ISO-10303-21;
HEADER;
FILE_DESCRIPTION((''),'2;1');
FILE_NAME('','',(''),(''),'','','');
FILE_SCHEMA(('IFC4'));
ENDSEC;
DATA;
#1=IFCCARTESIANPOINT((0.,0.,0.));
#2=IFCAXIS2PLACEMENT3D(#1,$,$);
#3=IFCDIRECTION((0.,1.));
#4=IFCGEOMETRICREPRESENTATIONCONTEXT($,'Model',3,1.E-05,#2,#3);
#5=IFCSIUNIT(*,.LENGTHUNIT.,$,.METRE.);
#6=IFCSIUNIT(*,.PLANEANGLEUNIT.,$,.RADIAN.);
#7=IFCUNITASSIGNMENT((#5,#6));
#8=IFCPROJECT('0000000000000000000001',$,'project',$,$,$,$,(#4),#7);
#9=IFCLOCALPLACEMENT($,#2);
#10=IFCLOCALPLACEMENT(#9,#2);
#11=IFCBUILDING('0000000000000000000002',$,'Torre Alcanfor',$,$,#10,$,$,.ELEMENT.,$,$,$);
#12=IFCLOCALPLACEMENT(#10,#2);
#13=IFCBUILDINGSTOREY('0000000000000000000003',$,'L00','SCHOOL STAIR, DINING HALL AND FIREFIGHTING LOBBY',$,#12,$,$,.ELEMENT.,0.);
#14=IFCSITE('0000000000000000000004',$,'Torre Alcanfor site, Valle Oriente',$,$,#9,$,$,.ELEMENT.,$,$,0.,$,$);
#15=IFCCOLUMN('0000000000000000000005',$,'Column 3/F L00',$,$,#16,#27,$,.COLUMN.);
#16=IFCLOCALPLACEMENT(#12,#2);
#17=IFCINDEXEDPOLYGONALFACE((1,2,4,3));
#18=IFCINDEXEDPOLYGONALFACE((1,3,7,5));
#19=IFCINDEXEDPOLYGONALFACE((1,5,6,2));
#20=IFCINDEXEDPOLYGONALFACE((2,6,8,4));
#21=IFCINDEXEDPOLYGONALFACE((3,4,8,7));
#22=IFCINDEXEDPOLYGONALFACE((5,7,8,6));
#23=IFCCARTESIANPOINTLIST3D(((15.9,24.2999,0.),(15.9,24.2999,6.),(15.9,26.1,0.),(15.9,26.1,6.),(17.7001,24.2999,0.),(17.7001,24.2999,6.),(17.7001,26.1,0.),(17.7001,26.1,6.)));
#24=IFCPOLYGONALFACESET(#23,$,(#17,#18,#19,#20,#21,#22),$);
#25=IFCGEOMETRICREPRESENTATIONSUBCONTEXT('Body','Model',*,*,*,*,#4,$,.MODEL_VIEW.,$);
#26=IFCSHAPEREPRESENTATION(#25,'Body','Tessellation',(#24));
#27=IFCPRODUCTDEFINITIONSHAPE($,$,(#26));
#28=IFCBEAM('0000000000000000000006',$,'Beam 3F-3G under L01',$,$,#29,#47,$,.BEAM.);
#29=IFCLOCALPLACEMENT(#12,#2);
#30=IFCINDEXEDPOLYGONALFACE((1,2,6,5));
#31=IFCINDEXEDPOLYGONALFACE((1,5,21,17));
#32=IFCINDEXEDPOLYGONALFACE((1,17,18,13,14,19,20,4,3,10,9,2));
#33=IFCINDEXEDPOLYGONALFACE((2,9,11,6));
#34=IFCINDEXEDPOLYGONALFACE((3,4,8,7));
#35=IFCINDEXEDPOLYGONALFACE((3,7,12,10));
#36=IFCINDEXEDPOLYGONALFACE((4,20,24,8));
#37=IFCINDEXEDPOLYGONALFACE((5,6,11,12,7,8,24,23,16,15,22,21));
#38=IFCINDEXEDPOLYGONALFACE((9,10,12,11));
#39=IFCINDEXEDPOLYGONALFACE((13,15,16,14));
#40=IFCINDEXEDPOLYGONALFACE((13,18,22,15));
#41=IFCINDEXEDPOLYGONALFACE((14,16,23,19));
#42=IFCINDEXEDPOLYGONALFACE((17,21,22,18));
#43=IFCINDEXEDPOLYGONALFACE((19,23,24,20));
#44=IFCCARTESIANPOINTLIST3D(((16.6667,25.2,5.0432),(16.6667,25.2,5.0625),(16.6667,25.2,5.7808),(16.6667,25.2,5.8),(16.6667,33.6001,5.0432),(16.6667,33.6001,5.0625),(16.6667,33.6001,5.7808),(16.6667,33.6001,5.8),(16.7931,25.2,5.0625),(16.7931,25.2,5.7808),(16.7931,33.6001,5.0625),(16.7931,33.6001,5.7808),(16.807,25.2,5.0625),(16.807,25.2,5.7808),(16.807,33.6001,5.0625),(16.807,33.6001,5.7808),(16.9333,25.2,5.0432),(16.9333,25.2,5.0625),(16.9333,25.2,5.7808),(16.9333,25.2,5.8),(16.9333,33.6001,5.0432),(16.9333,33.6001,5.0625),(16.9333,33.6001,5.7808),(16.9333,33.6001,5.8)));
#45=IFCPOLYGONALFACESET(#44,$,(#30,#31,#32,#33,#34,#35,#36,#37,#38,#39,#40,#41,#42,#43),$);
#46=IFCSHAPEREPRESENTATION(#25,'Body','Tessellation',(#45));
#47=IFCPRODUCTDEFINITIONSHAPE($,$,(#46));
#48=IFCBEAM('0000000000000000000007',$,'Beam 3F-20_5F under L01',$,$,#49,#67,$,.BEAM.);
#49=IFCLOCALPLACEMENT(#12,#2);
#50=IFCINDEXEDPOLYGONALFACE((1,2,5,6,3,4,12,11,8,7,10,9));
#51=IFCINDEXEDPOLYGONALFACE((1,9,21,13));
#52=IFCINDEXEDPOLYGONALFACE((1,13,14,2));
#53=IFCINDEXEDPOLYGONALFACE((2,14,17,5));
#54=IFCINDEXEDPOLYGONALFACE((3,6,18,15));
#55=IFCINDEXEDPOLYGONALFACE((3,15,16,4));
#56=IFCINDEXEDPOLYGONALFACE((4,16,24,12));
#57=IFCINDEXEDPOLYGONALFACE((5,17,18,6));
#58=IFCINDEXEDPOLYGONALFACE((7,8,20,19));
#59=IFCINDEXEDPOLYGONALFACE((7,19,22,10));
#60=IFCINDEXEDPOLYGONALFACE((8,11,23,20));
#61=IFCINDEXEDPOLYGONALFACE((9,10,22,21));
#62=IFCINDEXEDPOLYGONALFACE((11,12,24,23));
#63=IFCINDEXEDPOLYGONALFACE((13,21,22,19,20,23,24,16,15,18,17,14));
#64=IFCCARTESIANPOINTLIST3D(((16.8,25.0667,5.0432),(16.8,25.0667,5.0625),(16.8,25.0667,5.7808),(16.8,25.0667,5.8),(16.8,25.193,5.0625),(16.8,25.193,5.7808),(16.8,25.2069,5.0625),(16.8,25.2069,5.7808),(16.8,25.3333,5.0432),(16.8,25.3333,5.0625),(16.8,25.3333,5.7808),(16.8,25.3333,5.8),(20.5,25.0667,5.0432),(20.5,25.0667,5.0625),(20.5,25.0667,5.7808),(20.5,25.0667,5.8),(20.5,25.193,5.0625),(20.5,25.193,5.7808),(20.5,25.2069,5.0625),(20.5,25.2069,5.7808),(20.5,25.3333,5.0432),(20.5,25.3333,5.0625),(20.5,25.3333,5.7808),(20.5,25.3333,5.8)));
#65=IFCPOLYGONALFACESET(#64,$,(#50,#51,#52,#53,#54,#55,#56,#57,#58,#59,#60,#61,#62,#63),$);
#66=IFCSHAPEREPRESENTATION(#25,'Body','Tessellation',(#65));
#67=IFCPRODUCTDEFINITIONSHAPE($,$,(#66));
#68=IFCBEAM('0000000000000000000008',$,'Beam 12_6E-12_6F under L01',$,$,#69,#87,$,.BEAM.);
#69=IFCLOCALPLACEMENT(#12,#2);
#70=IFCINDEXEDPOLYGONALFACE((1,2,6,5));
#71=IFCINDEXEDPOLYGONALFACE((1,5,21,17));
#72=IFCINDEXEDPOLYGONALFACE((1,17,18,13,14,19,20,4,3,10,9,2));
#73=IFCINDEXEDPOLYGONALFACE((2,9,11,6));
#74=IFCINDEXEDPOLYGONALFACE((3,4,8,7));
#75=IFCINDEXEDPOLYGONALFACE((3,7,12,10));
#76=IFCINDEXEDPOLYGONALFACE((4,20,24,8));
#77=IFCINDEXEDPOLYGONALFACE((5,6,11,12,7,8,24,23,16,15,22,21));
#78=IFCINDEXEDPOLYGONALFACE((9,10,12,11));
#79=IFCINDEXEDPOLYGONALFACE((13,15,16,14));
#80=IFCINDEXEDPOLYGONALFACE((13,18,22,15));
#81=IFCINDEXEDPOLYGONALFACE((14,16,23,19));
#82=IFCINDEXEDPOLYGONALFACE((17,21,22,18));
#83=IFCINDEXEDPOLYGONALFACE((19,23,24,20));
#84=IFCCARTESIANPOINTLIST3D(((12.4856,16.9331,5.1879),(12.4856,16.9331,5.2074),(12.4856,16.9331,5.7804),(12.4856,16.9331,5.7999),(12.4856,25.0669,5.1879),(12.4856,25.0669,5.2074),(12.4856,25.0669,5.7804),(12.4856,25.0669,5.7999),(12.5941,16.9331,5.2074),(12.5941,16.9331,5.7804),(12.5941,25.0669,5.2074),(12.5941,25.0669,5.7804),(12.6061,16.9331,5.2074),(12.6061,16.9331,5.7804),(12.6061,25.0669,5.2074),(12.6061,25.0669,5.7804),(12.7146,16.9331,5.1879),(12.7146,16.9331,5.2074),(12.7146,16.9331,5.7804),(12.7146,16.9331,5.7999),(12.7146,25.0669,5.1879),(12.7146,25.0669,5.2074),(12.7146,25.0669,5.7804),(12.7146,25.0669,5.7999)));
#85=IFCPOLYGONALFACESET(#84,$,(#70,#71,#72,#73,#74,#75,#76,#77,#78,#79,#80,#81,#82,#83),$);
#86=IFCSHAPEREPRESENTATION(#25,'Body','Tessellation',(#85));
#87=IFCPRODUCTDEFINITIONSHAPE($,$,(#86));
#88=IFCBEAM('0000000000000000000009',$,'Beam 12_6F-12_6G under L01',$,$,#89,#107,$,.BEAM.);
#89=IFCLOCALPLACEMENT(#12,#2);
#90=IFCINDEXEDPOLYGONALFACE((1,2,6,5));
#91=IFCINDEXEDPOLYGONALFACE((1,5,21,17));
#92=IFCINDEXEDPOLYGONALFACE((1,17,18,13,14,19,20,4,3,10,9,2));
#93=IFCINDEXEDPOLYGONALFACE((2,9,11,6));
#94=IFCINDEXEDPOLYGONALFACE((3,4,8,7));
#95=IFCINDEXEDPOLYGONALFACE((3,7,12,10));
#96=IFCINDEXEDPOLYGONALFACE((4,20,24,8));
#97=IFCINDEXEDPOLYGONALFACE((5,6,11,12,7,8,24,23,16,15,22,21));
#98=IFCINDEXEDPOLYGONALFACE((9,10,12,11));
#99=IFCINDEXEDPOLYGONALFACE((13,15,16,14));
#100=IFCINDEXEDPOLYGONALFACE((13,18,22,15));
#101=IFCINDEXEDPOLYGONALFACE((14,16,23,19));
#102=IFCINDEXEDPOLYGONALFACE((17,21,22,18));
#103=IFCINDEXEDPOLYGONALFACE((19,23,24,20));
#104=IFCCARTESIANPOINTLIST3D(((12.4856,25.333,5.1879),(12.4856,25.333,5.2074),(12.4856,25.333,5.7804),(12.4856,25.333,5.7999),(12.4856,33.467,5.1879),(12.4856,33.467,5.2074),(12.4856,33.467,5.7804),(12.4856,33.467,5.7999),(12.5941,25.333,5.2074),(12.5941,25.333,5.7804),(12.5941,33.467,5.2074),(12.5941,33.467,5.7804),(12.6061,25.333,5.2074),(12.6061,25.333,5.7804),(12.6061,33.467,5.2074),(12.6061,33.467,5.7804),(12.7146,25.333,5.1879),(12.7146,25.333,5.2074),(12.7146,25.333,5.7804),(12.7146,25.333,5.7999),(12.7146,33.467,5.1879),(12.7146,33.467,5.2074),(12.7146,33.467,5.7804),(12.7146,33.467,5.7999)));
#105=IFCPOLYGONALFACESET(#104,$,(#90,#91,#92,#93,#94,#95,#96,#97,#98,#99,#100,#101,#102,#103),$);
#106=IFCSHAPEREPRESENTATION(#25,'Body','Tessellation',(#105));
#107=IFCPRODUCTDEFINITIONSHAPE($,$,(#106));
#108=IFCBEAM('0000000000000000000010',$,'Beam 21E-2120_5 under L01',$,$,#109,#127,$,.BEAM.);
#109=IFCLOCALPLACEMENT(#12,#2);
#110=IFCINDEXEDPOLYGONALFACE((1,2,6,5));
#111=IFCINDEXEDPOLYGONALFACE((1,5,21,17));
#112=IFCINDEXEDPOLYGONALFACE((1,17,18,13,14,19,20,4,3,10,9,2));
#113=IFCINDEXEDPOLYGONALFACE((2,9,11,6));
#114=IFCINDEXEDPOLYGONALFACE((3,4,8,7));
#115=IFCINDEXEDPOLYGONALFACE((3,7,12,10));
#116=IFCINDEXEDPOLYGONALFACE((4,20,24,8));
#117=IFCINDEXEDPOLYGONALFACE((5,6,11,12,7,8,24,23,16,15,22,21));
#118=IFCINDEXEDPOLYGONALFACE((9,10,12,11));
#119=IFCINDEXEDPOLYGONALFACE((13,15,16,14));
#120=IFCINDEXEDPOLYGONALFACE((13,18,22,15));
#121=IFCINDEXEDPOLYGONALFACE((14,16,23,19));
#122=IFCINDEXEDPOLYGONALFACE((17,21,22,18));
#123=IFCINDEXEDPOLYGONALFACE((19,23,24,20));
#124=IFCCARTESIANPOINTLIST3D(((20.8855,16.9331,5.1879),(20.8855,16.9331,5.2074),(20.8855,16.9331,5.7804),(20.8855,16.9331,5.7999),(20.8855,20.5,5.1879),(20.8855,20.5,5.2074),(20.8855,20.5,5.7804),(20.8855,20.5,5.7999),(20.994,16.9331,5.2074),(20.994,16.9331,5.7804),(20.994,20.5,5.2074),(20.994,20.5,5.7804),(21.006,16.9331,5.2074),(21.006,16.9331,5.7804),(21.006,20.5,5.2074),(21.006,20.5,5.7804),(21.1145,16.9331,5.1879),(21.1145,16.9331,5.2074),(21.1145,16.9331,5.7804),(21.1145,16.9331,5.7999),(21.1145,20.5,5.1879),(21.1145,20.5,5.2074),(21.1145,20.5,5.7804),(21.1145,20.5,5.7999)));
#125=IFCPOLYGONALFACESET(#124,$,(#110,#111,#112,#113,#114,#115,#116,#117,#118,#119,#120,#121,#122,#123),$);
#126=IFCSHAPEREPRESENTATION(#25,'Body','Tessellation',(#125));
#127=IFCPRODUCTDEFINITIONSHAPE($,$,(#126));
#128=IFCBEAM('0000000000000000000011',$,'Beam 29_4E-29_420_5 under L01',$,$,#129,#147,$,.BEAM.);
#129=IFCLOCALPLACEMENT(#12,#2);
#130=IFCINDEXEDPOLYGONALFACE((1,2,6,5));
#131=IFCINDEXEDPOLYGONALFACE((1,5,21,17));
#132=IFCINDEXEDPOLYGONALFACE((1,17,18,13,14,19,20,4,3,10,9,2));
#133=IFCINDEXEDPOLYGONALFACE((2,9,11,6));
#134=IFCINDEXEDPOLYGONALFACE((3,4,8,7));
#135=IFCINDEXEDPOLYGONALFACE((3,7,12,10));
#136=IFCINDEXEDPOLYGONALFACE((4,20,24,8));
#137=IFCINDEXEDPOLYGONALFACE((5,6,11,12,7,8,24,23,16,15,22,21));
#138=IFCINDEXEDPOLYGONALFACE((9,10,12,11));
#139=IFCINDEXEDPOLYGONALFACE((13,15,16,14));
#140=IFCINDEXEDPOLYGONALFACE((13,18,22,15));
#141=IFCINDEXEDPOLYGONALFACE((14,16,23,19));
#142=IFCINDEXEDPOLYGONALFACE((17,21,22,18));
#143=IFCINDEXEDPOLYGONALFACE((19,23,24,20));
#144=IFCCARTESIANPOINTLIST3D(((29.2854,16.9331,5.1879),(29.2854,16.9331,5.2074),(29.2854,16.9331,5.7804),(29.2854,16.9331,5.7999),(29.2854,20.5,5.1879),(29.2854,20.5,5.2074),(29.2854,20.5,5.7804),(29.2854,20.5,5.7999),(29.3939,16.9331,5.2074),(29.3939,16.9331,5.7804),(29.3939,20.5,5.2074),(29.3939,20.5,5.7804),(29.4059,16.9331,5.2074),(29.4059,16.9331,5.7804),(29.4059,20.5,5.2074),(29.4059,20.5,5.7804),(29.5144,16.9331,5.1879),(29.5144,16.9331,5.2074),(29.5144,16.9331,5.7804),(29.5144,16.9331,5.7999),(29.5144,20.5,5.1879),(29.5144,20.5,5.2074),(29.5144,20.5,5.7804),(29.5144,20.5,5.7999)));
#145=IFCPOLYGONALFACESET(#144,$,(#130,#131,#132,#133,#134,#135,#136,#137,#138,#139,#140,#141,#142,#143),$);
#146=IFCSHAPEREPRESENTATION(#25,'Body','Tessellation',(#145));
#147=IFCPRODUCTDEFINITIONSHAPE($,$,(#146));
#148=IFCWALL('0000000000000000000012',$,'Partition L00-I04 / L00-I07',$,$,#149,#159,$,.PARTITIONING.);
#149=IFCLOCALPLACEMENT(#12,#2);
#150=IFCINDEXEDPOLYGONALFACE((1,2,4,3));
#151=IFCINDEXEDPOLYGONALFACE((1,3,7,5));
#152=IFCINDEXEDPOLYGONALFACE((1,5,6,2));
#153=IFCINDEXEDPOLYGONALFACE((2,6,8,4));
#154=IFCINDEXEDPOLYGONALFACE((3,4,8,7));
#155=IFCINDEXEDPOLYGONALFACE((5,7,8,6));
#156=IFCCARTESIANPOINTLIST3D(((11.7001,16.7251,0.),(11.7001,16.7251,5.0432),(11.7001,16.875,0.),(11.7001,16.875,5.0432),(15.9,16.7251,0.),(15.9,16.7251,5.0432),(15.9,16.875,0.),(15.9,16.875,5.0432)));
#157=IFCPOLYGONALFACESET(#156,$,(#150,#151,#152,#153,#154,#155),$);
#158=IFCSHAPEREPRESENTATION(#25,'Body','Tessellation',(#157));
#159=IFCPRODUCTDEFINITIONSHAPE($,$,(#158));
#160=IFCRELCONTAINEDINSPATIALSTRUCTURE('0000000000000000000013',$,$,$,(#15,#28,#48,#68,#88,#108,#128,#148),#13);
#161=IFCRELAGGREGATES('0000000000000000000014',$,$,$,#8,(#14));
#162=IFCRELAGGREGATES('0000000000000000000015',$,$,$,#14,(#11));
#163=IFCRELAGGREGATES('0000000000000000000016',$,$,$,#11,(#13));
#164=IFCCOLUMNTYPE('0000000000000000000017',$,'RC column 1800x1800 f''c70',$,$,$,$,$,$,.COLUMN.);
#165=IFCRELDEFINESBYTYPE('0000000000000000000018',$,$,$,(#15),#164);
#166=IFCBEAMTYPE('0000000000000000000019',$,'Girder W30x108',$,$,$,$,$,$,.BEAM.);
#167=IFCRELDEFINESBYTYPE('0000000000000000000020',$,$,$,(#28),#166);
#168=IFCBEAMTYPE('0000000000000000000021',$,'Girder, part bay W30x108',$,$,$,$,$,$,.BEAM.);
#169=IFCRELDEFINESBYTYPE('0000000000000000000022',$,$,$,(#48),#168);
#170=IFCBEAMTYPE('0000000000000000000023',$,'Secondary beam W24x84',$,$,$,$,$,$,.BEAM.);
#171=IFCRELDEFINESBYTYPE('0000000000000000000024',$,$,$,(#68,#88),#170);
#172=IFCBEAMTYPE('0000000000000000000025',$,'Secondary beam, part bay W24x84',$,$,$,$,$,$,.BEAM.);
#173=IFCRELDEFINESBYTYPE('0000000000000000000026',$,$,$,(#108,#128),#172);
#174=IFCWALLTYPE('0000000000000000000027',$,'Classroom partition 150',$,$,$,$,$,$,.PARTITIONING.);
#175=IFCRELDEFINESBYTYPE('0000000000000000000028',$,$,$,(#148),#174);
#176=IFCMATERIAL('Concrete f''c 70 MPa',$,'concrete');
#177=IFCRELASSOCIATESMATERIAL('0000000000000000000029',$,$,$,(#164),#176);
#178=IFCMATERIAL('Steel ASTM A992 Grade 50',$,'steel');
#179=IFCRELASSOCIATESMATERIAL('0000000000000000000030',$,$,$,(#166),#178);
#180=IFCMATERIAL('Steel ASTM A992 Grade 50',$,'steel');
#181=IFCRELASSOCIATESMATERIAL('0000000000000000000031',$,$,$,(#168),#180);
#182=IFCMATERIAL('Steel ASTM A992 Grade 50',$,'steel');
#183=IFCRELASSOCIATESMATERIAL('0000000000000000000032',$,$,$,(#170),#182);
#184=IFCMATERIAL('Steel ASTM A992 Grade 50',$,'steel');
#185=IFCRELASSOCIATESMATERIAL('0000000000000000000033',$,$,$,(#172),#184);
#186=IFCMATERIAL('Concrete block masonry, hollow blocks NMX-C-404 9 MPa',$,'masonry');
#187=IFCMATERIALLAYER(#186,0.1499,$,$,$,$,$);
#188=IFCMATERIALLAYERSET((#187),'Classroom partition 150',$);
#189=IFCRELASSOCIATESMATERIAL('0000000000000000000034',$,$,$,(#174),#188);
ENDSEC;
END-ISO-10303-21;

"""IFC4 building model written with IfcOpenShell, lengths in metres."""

from ifc_helpers import new_model, si_unit, direction, frame, frame_2d, origin, origin_2d, place, context, subcontext, project, spatial, rectangle, i_section, extrude, material, layer, layer_set, material_profile, profile_set, type_object, element, save


model = new_model("IFC4")

# Units and contexts
model_context = context("Model", 3, precision=1e-05, world=origin(), true_north=direction((0.0, 1.0)))
body_context = subcontext(model_context, "Body", "Model", "MODEL_VIEW")
ifc_project = project(units=[si_unit("LENGTHUNIT", "METRE"), si_unit("PLANEANGLEUNIT", "RADIAN")], contexts=[model_context])

# Site, building, storey
site_placement = place(None, origin())
site = spatial("IfcSite", under=ifc_project, at=site_placement, Name="Torre Alcanfor site, Valle Oriente", CompositionType="ELEMENT", RefElevation=0.0)
building_placement = place(site_placement, origin())
building = spatial("IfcBuilding", under=site, at=building_placement, Name="Torre Alcanfor", CompositionType="ELEMENT")
storey_placement = place(building_placement, origin())
storey = spatial("IfcBuildingStorey", under=building, at=storey_placement, Name="L00", Description="SCHOOL STAIR, DINING HALL AND FIREFIGHTING LOBBY", CompositionType="ELEMENT", Elevation=0.0)

# Column
ifc_material_1 = material(Name="Concrete f'c 70 MPa", Category="concrete")
ifc_material_profile_1 = material_profile(ifc_material_1, rectangle(XDim=1.8, YDim=1.8, at=origin_2d()), Name="1800x1800")
ifc_profile_set_1 = profile_set([ifc_material_profile_1], Name="Concrete f'c 70 MPa")
column_type = type_object("IfcColumnType", Name="RC column 1800x1800 f'c70", PredefinedType="COLUMN", material=ifc_profile_set_1)
column_placement = place(storey_placement, frame((16.8, 25.2, 0.0), z_axis=(0.0, 0.0, 1.0), x_axis=(1.0, 0.0, 0.0)))
element("IfcColumn", 1, at=column_placement, inside=storey, type_object=column_type, Name="Column 3/F L00", PredefinedType="COLUMN", context=body_context, shape_type="SweptSolid", body=[
    extrude(rectangle(XDim=1.8, YDim=1.8, at=origin_2d()), origin(), (0.0, 0.0, 1.0), 6.0),
])

# Beams
ifc_material_2 = material(Name="Steel ASTM A992 Grade 50", Category="steel")
ifc_material_profile_2 = material_profile(ifc_material_2, i_section(OverallWidth=0.2666, OverallDepth=0.7568, WebThickness=0.0139, FlangeThickness=0.0193, at=origin_2d()), Name="W30x108")
ifc_profile_set_2 = profile_set([ifc_material_profile_2], Name="Steel ASTM A992 Grade 50")
beam_type_1 = type_object("IfcBeamType", Name="Girder W30x108", PredefinedType="BEAM", material=ifc_profile_set_2)
beam_1_placement = place(storey_placement, frame((16.8, 25.2, 5.4216), z_axis=(0.0, 1.0, 0.0), x_axis=(-1.0, 0.0, 0.0)))
element("IfcBeam", 2, at=beam_1_placement, inside=storey, type_object=beam_type_1, Name="Beam 3F-3G under L01", PredefinedType="BEAM", context=body_context, shape_type="SweptSolid", body=[
    extrude(i_section(OverallWidth=0.2666, OverallDepth=0.7568, WebThickness=0.0139, FlangeThickness=0.0193, at=origin_2d()), origin(), (0.0, 0.0, 1.0), 8.4001),
])
ifc_material_3 = material(Name="Steel ASTM A992 Grade 50", Category="steel")
ifc_material_profile_3 = material_profile(ifc_material_3, i_section(OverallWidth=0.2666, OverallDepth=0.7568, WebThickness=0.0139, FlangeThickness=0.0193, at=origin_2d()), Name="W30x108")
ifc_profile_set_3 = profile_set([ifc_material_profile_3], Name="Steel ASTM A992 Grade 50")
beam_type_2 = type_object("IfcBeamType", Name="Girder, part bay W30x108", PredefinedType="BEAM", material=ifc_profile_set_3)
beam_2_placement = place(storey_placement, frame((16.8, 25.2, 5.4216), z_axis=(1.0, 0.0, 0.0), x_axis=(0.0, 1.0, 0.0)))
element("IfcBeam", 3, at=beam_2_placement, inside=storey, type_object=beam_type_2, Name="Beam 3F-20_5F under L01", PredefinedType="BEAM", context=body_context, shape_type="SweptSolid", body=[
    extrude(i_section(OverallWidth=0.2666, OverallDepth=0.7568, WebThickness=0.0139, FlangeThickness=0.0193, at=origin_2d()), origin(), (0.0, 0.0, 1.0), 3.7),
])
ifc_material_4 = material(Name="Steel ASTM A992 Grade 50", Category="steel")
ifc_material_profile_4 = material_profile(ifc_material_4, i_section(OverallWidth=0.229, OverallDepth=0.6121, WebThickness=0.012, FlangeThickness=0.0195, at=origin_2d()), Name="W24x84")
ifc_profile_set_4 = profile_set([ifc_material_profile_4], Name="Steel ASTM A992 Grade 50")
beam_type_3 = type_object("IfcBeamType", Name="Secondary beam W24x84", PredefinedType="BEAM", material=ifc_profile_set_4)
beam_3_placement = place(storey_placement, frame((12.6001, 16.9331, 5.4939), z_axis=(0.0, 1.0, 0.0), x_axis=(-1.0, 0.0, 0.0)))
element("IfcBeam", 4, at=beam_3_placement, inside=storey, type_object=beam_type_3, Name="Beam 12_6E-12_6F under L01", PredefinedType="BEAM", context=body_context, shape_type="SweptSolid", body=[
    extrude(i_section(OverallWidth=0.229, OverallDepth=0.6121, WebThickness=0.012, FlangeThickness=0.0195, at=origin_2d()), origin(), (0.0, 0.0, 1.0), 8.1338),
])
beam_4_placement = place(storey_placement, frame((12.6001, 25.333, 5.4939), z_axis=(0.0, 1.0, 0.0), x_axis=(-1.0, 0.0, 0.0)))
element("IfcBeam", 5, at=beam_4_placement, inside=storey, type_object=beam_type_3, Name="Beam 12_6F-12_6G under L01", PredefinedType="BEAM", context=body_context, shape_type="SweptSolid", body=[
    extrude(i_section(OverallWidth=0.229, OverallDepth=0.6121, WebThickness=0.012, FlangeThickness=0.0195, at=origin_2d()), origin(), (0.0, 0.0, 1.0), 8.134),
])
ifc_material_5 = material(Name="Steel ASTM A992 Grade 50", Category="steel")
ifc_material_profile_5 = material_profile(ifc_material_5, i_section(OverallWidth=0.229, OverallDepth=0.6121, WebThickness=0.012, FlangeThickness=0.0195, at=origin_2d()), Name="W24x84")
ifc_profile_set_5 = profile_set([ifc_material_profile_5], Name="Steel ASTM A992 Grade 50")
beam_type_4 = type_object("IfcBeamType", Name="Secondary beam, part bay W24x84", PredefinedType="BEAM", material=ifc_profile_set_5)
for number, where, z_axis, x_axis, name in (
    (6, (21.0, 16.9331, 5.4939), (0.0, 1.0, 0.0), (-1.0, 0.0, 0.0), "Beam 21E-2120_5 under L01"),
    (7, (29.3999, 16.9331, 5.4939), (0.0, 1.0, 0.0), (-1.0, 0.0, 0.0), "Beam 29_4E-29_420_5 under L01"),
):
    element("IfcBeam", number, at=place(storey_placement, frame(where, z_axis=z_axis, x_axis=x_axis)), inside=storey, type_object=beam_type_4, Name=name, PredefinedType="BEAM", context=body_context, shape_type="SweptSolid", body=[
        extrude(i_section(OverallWidth=0.229, OverallDepth=0.6121, WebThickness=0.012, FlangeThickness=0.0195, at=origin_2d()), origin(), (0.0, 0.0, 1.0), 3.5669),
    ])

# Wall
ifc_material_6 = material(Name="Concrete block masonry, hollow blocks NMX-C-404 9 MPa", Category="masonry")
ifc_layer_1 = layer(ifc_material_6, 0.1499)
ifc_layer_set_1 = layer_set([ifc_layer_1], Name="Classroom partition 150")
wall_type_1 = type_object("IfcWallType", Name="Classroom partition 150", PredefinedType="PARTITIONING", material=ifc_layer_set_1)
wall_1_placement = place(storey_placement, frame((11.7, 16.8, 0.0), z_axis=(0.0, 0.0, 1.0), x_axis=(1.0, 0.0, 0.0)))
element("IfcWall", 8, at=wall_1_placement, inside=storey, type_object=wall_type_1, Name="Partition L00-I04 / L00-I07", PredefinedType="PARTITIONING", context=body_context, shape_type="SweptSolid", body=[
    extrude(rectangle(XDim=4.2, YDim=0.1499, at=frame_2d((2.1001, 0.0))), origin(), (0.0, 0.0, 1.0), 5.0432),
])

save(model, "model.ifc")
